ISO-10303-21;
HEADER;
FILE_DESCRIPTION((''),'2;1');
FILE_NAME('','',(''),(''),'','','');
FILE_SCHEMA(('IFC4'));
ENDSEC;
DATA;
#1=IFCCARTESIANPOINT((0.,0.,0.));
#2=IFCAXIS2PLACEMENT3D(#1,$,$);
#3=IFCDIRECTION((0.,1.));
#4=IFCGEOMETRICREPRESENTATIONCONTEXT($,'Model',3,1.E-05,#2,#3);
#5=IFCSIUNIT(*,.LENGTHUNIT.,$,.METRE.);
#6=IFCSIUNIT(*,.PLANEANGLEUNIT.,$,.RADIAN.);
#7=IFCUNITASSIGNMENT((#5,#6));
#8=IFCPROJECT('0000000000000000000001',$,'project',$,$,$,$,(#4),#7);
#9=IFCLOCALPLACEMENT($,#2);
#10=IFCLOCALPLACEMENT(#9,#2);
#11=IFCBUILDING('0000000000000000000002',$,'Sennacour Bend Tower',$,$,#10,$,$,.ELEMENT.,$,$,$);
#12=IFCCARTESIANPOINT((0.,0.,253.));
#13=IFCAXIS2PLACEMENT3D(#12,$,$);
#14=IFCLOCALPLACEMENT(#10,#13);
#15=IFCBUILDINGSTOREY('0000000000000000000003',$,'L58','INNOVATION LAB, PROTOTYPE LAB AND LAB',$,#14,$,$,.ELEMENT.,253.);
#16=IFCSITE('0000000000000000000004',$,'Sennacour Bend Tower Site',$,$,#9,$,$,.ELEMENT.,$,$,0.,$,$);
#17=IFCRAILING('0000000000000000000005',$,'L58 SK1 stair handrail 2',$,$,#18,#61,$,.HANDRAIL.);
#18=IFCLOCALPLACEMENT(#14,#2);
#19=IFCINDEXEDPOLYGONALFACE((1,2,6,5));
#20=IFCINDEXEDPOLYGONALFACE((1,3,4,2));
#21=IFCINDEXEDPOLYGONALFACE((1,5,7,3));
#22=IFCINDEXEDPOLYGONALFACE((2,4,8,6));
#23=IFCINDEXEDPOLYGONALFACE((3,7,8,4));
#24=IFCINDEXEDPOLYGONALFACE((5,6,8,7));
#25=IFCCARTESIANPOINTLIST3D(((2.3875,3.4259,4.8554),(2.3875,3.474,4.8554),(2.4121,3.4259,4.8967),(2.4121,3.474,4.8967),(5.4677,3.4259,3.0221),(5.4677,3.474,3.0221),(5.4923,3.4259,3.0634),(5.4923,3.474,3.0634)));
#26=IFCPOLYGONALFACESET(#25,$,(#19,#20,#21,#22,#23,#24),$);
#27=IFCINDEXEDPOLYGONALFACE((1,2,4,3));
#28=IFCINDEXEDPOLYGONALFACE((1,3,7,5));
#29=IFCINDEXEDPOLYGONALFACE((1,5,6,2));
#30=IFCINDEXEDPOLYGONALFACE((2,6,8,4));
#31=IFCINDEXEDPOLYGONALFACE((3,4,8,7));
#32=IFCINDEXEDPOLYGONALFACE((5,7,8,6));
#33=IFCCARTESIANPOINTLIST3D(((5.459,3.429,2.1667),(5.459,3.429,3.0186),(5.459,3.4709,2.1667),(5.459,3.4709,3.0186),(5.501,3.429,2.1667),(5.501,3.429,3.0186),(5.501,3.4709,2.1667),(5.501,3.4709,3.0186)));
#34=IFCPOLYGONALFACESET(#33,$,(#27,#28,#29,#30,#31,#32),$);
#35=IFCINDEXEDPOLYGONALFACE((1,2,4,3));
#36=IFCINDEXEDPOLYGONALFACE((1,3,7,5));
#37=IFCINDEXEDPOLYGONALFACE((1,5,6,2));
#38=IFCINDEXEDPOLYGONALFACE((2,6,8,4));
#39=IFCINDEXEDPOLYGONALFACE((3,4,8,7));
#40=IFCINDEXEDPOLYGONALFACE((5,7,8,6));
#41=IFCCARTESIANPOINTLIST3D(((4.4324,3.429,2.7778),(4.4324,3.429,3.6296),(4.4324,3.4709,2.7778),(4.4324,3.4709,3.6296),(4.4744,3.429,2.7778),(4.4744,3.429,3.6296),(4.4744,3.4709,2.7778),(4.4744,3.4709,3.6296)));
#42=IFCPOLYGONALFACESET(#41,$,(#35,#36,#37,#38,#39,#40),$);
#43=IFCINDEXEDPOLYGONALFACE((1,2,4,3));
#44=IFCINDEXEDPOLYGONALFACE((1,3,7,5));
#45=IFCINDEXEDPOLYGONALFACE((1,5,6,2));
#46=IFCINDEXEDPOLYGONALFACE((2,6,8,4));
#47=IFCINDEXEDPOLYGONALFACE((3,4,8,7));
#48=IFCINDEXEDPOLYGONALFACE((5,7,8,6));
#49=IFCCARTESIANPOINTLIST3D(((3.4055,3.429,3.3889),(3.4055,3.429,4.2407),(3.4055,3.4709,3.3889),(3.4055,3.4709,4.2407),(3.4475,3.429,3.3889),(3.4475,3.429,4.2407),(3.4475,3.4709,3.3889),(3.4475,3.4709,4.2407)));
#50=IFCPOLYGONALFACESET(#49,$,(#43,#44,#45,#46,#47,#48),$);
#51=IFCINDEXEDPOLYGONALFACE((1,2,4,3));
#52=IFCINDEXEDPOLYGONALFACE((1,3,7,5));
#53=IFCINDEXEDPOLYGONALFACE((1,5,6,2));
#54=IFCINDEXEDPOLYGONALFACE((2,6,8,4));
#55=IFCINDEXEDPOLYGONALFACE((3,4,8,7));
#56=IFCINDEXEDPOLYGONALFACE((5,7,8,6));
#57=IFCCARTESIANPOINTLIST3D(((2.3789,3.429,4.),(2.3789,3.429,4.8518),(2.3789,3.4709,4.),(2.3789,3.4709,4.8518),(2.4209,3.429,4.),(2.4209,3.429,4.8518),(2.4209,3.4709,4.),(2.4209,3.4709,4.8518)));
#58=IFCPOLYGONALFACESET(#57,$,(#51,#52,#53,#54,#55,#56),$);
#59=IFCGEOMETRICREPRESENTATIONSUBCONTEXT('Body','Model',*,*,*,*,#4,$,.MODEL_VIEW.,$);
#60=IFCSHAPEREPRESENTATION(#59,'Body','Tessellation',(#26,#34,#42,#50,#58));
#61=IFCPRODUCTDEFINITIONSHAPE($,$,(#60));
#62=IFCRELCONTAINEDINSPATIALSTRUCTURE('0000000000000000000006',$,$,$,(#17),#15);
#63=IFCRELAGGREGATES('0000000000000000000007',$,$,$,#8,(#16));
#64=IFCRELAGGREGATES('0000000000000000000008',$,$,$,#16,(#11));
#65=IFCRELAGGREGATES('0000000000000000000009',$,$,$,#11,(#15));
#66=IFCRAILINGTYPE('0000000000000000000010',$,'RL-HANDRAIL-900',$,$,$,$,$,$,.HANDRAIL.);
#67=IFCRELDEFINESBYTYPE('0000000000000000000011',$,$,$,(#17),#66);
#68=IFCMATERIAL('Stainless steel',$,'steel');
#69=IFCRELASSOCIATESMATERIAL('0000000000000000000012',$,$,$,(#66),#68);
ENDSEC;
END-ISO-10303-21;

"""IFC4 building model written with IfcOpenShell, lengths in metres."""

from ifc_helpers import new_model, si_unit, direction, frame, origin, origin_2d, place, context, subcontext, project, spatial, rectangle, extrude, material, type_object, element, save


model = new_model("IFC4")

# Units and contexts
model_context = context("Model", 3, precision=1e-05, world=origin(), true_north=direction((0.0, 1.0)))
body_context = subcontext(model_context, "Body", "Model", "MODEL_VIEW")
ifc_project = project(units=[si_unit("LENGTHUNIT", "METRE"), si_unit("PLANEANGLEUNIT", "RADIAN")], contexts=[model_context])

# Site, building, storey
site_placement = place(None, origin())
site = spatial("IfcSite", under=ifc_project, at=site_placement, Name="Sennacour Bend Tower Site", CompositionType="ELEMENT", RefElevation=0.0)
building_placement = place(site_placement, origin())
building = spatial("IfcBuilding", under=site, at=building_placement, Name="Sennacour Bend Tower", CompositionType="ELEMENT")
storey_placement = place(building_placement, frame((0.0, 0.0, 253.0)))
storey = spatial("IfcBuildingStorey", under=building, at=storey_placement, Name="L58", Description="INNOVATION LAB, PROTOTYPE LAB AND LAB", CompositionType="ELEMENT", Elevation=253.0)

# Railing
ifc_material_1 = material(Name="Stainless steel", Category="steel")
railing_type = type_object("IfcRailingType", Name="RL-HANDRAIL-900", PredefinedType="HANDRAIL", material=ifc_material_1)
railing_placement = place(storey_placement, frame((5.48, 3.45, 2.1667)))
element("IfcRailing", 1, at=railing_placement, inside=storey, type_object=railing_type, Name="L58 SK1 stair handrail 2", PredefinedType="HANDRAIL", context=body_context, shape_type="SweptSolid", body=[
    extrude(rectangle(XDim=0.0481, YDim=0.0481, at=origin_2d()), frame((0.0, 0.0, 0.876), z_axis=(-0.859309, 0.0, 0.511458), x_axis=(0.0, -1.0, 0.0)), (0.0, 0.0, 1.0), 3.5845),
    extrude(rectangle(XDim=0.042, YDim=0.042, at=origin_2d()), origin(), (0.0, 0.0, 1.0), 0.8518),
    extrude(rectangle(XDim=0.042, YDim=0.042, at=origin_2d()), frame((-1.0266, 0.0, 0.6111)), (0.0, 0.0, 1.0), 0.8518),
    extrude(rectangle(XDim=0.042, YDim=0.042, at=origin_2d()), frame((-2.0535, 0.0, 1.2222)), (0.0, 0.0, 1.0), 0.8518),
    extrude(rectangle(XDim=0.042, YDim=0.042, at=origin_2d()), frame((-3.0801, 0.0, 1.8333)), (0.0, 0.0, 1.0), 0.8518),
])

save(model, "model.ifc")
